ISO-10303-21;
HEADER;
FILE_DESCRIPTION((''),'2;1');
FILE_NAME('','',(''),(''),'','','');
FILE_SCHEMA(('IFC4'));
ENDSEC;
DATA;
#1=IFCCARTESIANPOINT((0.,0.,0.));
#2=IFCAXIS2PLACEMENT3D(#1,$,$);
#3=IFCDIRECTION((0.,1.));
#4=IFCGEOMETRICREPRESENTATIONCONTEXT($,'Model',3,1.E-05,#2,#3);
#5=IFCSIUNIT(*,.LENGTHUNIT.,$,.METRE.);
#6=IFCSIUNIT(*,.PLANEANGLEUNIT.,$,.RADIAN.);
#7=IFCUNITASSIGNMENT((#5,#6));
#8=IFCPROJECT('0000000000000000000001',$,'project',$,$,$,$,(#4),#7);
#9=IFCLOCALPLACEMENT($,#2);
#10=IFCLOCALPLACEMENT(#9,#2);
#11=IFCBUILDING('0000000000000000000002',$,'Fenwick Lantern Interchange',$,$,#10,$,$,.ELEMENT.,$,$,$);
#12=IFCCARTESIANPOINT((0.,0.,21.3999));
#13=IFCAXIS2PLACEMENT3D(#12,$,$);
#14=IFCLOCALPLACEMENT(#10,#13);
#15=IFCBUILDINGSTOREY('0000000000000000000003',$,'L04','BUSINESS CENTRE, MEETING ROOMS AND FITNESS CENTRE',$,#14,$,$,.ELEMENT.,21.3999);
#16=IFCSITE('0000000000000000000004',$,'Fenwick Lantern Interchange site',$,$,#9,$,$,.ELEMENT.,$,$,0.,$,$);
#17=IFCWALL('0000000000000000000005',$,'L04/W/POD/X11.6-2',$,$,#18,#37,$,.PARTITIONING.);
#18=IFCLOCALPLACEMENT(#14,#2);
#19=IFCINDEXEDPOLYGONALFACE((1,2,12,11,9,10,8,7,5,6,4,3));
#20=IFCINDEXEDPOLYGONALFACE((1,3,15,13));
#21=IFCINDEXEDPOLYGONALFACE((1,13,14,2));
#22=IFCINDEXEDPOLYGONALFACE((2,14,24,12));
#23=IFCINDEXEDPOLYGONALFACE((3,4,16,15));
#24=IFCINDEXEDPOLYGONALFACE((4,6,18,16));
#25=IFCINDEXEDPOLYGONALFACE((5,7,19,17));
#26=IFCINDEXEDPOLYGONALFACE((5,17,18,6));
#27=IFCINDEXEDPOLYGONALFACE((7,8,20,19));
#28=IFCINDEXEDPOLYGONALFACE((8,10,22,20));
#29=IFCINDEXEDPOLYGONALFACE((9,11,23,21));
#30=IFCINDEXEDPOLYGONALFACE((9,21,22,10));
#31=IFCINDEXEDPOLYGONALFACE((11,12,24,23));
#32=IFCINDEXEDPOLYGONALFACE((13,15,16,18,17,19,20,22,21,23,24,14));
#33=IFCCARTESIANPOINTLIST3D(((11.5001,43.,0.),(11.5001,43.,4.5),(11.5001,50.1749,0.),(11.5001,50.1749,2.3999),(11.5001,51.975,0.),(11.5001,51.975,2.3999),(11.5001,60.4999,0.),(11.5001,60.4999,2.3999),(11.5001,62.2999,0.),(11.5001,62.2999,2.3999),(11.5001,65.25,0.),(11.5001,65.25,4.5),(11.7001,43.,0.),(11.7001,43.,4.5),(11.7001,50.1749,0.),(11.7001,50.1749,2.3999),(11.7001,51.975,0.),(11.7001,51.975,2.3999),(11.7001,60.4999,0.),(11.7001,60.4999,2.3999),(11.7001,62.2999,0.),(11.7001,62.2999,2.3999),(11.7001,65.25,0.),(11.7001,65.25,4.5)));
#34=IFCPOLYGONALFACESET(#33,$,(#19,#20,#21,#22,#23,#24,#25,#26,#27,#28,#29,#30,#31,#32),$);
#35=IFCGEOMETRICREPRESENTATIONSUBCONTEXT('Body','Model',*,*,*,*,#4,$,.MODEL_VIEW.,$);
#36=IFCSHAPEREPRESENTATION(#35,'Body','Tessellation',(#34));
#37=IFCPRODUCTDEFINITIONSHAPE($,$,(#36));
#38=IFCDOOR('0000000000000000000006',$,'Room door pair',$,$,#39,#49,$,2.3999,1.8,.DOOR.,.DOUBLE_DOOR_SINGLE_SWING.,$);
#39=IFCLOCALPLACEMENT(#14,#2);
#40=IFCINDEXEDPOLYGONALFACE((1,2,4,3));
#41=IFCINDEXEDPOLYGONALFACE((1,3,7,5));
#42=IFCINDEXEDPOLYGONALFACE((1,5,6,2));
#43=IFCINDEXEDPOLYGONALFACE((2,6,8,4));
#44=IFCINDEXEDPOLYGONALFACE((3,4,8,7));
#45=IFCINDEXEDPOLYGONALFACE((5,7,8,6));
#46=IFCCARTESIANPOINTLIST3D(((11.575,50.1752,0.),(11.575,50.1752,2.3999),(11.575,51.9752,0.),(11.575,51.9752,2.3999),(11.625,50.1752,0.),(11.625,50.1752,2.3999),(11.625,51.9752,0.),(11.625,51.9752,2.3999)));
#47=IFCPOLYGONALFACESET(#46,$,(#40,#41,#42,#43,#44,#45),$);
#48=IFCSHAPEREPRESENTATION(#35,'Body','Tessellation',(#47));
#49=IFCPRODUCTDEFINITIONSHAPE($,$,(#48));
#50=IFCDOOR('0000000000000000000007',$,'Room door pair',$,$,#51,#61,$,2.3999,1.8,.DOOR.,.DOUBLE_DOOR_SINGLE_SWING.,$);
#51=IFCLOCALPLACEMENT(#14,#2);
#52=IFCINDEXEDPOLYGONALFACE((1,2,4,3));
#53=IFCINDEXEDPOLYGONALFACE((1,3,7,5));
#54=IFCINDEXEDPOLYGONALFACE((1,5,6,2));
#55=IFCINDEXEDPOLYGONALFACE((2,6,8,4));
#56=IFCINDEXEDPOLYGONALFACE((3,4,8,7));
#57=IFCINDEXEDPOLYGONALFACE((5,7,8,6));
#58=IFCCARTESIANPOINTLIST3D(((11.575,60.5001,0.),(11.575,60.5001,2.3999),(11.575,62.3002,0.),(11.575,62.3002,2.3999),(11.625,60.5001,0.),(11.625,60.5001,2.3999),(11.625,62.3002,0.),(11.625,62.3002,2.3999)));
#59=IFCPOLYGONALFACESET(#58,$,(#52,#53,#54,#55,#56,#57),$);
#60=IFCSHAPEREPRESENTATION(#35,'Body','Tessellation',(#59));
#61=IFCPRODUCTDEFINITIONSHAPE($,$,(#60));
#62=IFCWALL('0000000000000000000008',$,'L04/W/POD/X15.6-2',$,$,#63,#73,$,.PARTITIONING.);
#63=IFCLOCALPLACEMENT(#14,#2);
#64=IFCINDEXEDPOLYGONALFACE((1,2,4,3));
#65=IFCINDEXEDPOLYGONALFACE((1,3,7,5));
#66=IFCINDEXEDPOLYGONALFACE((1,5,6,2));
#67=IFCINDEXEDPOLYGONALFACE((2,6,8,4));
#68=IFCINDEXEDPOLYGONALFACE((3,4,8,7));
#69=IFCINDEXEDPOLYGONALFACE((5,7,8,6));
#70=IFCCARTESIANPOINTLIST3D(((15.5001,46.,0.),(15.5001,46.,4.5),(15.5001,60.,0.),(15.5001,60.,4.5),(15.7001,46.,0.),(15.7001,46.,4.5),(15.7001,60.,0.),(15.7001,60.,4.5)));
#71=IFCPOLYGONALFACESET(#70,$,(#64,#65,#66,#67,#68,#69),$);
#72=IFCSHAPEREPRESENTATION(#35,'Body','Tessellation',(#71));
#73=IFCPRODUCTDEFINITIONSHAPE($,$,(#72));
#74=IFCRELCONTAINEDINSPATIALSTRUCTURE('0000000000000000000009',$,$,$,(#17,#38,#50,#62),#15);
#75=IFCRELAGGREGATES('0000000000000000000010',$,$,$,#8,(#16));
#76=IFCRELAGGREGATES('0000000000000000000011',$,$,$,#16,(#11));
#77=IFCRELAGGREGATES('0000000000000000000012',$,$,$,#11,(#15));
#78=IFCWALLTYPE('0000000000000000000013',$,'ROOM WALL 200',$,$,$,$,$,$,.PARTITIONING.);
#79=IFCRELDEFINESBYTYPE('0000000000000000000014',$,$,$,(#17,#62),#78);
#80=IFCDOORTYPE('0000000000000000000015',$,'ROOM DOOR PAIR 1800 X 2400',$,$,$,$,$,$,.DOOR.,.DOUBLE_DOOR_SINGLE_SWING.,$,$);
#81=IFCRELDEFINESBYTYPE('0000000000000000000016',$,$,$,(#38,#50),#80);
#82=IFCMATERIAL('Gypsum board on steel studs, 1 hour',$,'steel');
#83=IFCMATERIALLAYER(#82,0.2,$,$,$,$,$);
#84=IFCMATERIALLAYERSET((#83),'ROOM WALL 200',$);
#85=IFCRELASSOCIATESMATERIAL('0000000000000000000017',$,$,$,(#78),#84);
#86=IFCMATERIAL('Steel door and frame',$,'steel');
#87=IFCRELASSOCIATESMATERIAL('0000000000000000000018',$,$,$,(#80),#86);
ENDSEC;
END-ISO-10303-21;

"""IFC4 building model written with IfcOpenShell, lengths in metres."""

from ifc_helpers import new_model, si_unit, direction, frame, frame_2d, origin, place, context, subcontext, project, spatial, rectangle, extrude, material, layer, layer_set, type_object, element, fill, save


model = new_model("IFC4")

# Units and contexts
model_context = context("Model", 3, precision=1e-05, world=origin(), true_north=direction((0.0, 1.0)))
body_context = subcontext(model_context, "Body", "Model", "MODEL_VIEW")
ifc_project = project(units=[si_unit("LENGTHUNIT", "METRE"), si_unit("PLANEANGLEUNIT", "RADIAN")], contexts=[model_context])

# Site, building, storey
site_placement = place(None, origin())
site = spatial("IfcSite", under=ifc_project, at=site_placement, Name="Fenwick Lantern Interchange site", CompositionType="ELEMENT", RefElevation=0.0)
building_placement = place(site_placement, origin())
building = spatial("IfcBuilding", under=site, at=building_placement, Name="Fenwick Lantern Interchange", CompositionType="ELEMENT")
storey_placement = place(building_placement, frame((0.0, 0.0, 21.3999)))
storey = spatial("IfcBuildingStorey", under=building, at=storey_placement, Name="L04", Description="BUSINESS CENTRE, MEETING ROOMS AND FITNESS CENTRE", CompositionType="ELEMENT", Elevation=21.3999)

# Wall, openings, doors
ifc_material_1 = material(Name="Gypsum board on steel studs, 1 hour", Category="steel")
ifc_layer_1 = layer(ifc_material_1, 0.2)
ifc_layer_set_1 = layer_set([ifc_layer_1], Name="ROOM WALL 200")
wall_type_1 = type_object("IfcWallType", Name="ROOM WALL 200", PredefinedType="PARTITIONING", material=ifc_layer_set_1)
wall_1_placement = place(storey_placement, frame((11.6001, 43.0, 0.0), z_axis=(0.0, 0.0, 1.0), x_axis=(0.0, 1.0, 0.0)))
wall_1 = element("IfcWall", 1, at=wall_1_placement, inside=storey, type_object=wall_type_1, Name="L04/W/POD/X11.6-2", PredefinedType="PARTITIONING", context=body_context, shape_type="SweptSolid", body=[
    extrude(rectangle(XDim=22.25, YDim=0.2, at=frame_2d((11.125, 0.0))), origin(), (0.0, 0.0, 1.0), 4.5),
])
opening_1_placement = place(wall_1_placement, frame((7.175, 0.0, 0.0)))
opening_1 = element("IfcOpeningElement", 2, at=opening_1_placement, cuts=wall_1, PredefinedType="OPENING", context=body_context, shape_type="SweptSolid", body=[
    extrude(rectangle(XDim=1.8, YDim=2.3999, at=frame_2d((0.8999, 1.2))), frame((0.0, 0.1099, 0.0), z_axis=(0.0, -1.0, 0.0), x_axis=(1.0, 0.0, 0.0)), (0.0, 0.0, 1.0), 0.22),
])
opening_2_placement = place(wall_1_placement, frame((17.5, 0.0, 0.0)))
opening_2 = element("IfcOpeningElement", 3, at=opening_2_placement, cuts=wall_1, PredefinedType="OPENING", context=body_context, shape_type="SweptSolid", body=[
    extrude(rectangle(XDim=1.8, YDim=2.3999, at=frame_2d((0.8999, 1.2))), frame((0.0, 0.1099, 0.0), z_axis=(0.0, -1.0, 0.0), x_axis=(1.0, 0.0, 0.0)), (0.0, 0.0, 1.0), 0.22),
])
ifc_material_2 = material(Name="Steel door and frame", Category="steel")
door_type = type_object("IfcDoorType", Name="ROOM DOOR PAIR 1800 X 2400", OperationType="DOUBLE_DOOR_SINGLE_SWING", PredefinedType="DOOR", material=ifc_material_2)
door_1_placement = place(opening_1_placement, frame((1.8, 0.0, 0.0), z_axis=(0.0, 0.0, 1.0), x_axis=(-1.0, 0.0, 0.0)))
door_1 = element("IfcDoor", 4, at=door_1_placement, inside=storey, type_object=door_type, Name="Room door pair", OperationType="DOUBLE_DOOR_SINGLE_SWING", OverallHeight=2.3999, OverallWidth=1.8, PredefinedType="DOOR", context=body_context, shape_type="SweptSolid", body=[
    extrude(rectangle(XDim=1.8, YDim=2.3999, at=frame_2d((0.8999, 1.2))), frame((0.0, 0.0249, 0.0), z_axis=(0.0, -1.0, 0.0), x_axis=(1.0, 0.0, 0.0)), (0.0, 0.0, 1.0), 0.05),
])
fill(opening_1, door_1)
door_2_placement = place(opening_2_placement, frame((1.8, 0.0, 0.0), z_axis=(0.0, 0.0, 1.0), x_axis=(-1.0, 0.0, 0.0)))
door_2 = element("IfcDoor", 5, at=door_2_placement, inside=storey, type_object=door_type, Name="Room door pair", OperationType="DOUBLE_DOOR_SINGLE_SWING", OverallHeight=2.3999, OverallWidth=1.8, PredefinedType="DOOR", context=body_context, shape_type="SweptSolid", body=[
    extrude(rectangle(XDim=1.8, YDim=2.3999, at=frame_2d((0.8999, 1.2))), frame((0.0, 0.0249, 0.0), z_axis=(0.0, -1.0, 0.0), x_axis=(1.0, 0.0, 0.0)), (0.0, 0.0, 1.0), 0.05),
])
fill(opening_2, door_2)

# Wall
wall_2_placement = place(storey_placement, frame((15.6001, 46.0, 0.0), z_axis=(0.0, 0.0, 1.0), x_axis=(0.0, 1.0, 0.0)))
element("IfcWall", 6, at=wall_2_placement, inside=storey, type_object=wall_type_1, Name="L04/W/POD/X15.6-2", PredefinedType="PARTITIONING", context=body_context, shape_type="SweptSolid", body=[
    extrude(rectangle(XDim=14.0, YDim=0.2, at=frame_2d((7.0, 0.0))), origin(), (0.0, 0.0, 1.0), 4.5),
])

save(model, "model.ifc")
